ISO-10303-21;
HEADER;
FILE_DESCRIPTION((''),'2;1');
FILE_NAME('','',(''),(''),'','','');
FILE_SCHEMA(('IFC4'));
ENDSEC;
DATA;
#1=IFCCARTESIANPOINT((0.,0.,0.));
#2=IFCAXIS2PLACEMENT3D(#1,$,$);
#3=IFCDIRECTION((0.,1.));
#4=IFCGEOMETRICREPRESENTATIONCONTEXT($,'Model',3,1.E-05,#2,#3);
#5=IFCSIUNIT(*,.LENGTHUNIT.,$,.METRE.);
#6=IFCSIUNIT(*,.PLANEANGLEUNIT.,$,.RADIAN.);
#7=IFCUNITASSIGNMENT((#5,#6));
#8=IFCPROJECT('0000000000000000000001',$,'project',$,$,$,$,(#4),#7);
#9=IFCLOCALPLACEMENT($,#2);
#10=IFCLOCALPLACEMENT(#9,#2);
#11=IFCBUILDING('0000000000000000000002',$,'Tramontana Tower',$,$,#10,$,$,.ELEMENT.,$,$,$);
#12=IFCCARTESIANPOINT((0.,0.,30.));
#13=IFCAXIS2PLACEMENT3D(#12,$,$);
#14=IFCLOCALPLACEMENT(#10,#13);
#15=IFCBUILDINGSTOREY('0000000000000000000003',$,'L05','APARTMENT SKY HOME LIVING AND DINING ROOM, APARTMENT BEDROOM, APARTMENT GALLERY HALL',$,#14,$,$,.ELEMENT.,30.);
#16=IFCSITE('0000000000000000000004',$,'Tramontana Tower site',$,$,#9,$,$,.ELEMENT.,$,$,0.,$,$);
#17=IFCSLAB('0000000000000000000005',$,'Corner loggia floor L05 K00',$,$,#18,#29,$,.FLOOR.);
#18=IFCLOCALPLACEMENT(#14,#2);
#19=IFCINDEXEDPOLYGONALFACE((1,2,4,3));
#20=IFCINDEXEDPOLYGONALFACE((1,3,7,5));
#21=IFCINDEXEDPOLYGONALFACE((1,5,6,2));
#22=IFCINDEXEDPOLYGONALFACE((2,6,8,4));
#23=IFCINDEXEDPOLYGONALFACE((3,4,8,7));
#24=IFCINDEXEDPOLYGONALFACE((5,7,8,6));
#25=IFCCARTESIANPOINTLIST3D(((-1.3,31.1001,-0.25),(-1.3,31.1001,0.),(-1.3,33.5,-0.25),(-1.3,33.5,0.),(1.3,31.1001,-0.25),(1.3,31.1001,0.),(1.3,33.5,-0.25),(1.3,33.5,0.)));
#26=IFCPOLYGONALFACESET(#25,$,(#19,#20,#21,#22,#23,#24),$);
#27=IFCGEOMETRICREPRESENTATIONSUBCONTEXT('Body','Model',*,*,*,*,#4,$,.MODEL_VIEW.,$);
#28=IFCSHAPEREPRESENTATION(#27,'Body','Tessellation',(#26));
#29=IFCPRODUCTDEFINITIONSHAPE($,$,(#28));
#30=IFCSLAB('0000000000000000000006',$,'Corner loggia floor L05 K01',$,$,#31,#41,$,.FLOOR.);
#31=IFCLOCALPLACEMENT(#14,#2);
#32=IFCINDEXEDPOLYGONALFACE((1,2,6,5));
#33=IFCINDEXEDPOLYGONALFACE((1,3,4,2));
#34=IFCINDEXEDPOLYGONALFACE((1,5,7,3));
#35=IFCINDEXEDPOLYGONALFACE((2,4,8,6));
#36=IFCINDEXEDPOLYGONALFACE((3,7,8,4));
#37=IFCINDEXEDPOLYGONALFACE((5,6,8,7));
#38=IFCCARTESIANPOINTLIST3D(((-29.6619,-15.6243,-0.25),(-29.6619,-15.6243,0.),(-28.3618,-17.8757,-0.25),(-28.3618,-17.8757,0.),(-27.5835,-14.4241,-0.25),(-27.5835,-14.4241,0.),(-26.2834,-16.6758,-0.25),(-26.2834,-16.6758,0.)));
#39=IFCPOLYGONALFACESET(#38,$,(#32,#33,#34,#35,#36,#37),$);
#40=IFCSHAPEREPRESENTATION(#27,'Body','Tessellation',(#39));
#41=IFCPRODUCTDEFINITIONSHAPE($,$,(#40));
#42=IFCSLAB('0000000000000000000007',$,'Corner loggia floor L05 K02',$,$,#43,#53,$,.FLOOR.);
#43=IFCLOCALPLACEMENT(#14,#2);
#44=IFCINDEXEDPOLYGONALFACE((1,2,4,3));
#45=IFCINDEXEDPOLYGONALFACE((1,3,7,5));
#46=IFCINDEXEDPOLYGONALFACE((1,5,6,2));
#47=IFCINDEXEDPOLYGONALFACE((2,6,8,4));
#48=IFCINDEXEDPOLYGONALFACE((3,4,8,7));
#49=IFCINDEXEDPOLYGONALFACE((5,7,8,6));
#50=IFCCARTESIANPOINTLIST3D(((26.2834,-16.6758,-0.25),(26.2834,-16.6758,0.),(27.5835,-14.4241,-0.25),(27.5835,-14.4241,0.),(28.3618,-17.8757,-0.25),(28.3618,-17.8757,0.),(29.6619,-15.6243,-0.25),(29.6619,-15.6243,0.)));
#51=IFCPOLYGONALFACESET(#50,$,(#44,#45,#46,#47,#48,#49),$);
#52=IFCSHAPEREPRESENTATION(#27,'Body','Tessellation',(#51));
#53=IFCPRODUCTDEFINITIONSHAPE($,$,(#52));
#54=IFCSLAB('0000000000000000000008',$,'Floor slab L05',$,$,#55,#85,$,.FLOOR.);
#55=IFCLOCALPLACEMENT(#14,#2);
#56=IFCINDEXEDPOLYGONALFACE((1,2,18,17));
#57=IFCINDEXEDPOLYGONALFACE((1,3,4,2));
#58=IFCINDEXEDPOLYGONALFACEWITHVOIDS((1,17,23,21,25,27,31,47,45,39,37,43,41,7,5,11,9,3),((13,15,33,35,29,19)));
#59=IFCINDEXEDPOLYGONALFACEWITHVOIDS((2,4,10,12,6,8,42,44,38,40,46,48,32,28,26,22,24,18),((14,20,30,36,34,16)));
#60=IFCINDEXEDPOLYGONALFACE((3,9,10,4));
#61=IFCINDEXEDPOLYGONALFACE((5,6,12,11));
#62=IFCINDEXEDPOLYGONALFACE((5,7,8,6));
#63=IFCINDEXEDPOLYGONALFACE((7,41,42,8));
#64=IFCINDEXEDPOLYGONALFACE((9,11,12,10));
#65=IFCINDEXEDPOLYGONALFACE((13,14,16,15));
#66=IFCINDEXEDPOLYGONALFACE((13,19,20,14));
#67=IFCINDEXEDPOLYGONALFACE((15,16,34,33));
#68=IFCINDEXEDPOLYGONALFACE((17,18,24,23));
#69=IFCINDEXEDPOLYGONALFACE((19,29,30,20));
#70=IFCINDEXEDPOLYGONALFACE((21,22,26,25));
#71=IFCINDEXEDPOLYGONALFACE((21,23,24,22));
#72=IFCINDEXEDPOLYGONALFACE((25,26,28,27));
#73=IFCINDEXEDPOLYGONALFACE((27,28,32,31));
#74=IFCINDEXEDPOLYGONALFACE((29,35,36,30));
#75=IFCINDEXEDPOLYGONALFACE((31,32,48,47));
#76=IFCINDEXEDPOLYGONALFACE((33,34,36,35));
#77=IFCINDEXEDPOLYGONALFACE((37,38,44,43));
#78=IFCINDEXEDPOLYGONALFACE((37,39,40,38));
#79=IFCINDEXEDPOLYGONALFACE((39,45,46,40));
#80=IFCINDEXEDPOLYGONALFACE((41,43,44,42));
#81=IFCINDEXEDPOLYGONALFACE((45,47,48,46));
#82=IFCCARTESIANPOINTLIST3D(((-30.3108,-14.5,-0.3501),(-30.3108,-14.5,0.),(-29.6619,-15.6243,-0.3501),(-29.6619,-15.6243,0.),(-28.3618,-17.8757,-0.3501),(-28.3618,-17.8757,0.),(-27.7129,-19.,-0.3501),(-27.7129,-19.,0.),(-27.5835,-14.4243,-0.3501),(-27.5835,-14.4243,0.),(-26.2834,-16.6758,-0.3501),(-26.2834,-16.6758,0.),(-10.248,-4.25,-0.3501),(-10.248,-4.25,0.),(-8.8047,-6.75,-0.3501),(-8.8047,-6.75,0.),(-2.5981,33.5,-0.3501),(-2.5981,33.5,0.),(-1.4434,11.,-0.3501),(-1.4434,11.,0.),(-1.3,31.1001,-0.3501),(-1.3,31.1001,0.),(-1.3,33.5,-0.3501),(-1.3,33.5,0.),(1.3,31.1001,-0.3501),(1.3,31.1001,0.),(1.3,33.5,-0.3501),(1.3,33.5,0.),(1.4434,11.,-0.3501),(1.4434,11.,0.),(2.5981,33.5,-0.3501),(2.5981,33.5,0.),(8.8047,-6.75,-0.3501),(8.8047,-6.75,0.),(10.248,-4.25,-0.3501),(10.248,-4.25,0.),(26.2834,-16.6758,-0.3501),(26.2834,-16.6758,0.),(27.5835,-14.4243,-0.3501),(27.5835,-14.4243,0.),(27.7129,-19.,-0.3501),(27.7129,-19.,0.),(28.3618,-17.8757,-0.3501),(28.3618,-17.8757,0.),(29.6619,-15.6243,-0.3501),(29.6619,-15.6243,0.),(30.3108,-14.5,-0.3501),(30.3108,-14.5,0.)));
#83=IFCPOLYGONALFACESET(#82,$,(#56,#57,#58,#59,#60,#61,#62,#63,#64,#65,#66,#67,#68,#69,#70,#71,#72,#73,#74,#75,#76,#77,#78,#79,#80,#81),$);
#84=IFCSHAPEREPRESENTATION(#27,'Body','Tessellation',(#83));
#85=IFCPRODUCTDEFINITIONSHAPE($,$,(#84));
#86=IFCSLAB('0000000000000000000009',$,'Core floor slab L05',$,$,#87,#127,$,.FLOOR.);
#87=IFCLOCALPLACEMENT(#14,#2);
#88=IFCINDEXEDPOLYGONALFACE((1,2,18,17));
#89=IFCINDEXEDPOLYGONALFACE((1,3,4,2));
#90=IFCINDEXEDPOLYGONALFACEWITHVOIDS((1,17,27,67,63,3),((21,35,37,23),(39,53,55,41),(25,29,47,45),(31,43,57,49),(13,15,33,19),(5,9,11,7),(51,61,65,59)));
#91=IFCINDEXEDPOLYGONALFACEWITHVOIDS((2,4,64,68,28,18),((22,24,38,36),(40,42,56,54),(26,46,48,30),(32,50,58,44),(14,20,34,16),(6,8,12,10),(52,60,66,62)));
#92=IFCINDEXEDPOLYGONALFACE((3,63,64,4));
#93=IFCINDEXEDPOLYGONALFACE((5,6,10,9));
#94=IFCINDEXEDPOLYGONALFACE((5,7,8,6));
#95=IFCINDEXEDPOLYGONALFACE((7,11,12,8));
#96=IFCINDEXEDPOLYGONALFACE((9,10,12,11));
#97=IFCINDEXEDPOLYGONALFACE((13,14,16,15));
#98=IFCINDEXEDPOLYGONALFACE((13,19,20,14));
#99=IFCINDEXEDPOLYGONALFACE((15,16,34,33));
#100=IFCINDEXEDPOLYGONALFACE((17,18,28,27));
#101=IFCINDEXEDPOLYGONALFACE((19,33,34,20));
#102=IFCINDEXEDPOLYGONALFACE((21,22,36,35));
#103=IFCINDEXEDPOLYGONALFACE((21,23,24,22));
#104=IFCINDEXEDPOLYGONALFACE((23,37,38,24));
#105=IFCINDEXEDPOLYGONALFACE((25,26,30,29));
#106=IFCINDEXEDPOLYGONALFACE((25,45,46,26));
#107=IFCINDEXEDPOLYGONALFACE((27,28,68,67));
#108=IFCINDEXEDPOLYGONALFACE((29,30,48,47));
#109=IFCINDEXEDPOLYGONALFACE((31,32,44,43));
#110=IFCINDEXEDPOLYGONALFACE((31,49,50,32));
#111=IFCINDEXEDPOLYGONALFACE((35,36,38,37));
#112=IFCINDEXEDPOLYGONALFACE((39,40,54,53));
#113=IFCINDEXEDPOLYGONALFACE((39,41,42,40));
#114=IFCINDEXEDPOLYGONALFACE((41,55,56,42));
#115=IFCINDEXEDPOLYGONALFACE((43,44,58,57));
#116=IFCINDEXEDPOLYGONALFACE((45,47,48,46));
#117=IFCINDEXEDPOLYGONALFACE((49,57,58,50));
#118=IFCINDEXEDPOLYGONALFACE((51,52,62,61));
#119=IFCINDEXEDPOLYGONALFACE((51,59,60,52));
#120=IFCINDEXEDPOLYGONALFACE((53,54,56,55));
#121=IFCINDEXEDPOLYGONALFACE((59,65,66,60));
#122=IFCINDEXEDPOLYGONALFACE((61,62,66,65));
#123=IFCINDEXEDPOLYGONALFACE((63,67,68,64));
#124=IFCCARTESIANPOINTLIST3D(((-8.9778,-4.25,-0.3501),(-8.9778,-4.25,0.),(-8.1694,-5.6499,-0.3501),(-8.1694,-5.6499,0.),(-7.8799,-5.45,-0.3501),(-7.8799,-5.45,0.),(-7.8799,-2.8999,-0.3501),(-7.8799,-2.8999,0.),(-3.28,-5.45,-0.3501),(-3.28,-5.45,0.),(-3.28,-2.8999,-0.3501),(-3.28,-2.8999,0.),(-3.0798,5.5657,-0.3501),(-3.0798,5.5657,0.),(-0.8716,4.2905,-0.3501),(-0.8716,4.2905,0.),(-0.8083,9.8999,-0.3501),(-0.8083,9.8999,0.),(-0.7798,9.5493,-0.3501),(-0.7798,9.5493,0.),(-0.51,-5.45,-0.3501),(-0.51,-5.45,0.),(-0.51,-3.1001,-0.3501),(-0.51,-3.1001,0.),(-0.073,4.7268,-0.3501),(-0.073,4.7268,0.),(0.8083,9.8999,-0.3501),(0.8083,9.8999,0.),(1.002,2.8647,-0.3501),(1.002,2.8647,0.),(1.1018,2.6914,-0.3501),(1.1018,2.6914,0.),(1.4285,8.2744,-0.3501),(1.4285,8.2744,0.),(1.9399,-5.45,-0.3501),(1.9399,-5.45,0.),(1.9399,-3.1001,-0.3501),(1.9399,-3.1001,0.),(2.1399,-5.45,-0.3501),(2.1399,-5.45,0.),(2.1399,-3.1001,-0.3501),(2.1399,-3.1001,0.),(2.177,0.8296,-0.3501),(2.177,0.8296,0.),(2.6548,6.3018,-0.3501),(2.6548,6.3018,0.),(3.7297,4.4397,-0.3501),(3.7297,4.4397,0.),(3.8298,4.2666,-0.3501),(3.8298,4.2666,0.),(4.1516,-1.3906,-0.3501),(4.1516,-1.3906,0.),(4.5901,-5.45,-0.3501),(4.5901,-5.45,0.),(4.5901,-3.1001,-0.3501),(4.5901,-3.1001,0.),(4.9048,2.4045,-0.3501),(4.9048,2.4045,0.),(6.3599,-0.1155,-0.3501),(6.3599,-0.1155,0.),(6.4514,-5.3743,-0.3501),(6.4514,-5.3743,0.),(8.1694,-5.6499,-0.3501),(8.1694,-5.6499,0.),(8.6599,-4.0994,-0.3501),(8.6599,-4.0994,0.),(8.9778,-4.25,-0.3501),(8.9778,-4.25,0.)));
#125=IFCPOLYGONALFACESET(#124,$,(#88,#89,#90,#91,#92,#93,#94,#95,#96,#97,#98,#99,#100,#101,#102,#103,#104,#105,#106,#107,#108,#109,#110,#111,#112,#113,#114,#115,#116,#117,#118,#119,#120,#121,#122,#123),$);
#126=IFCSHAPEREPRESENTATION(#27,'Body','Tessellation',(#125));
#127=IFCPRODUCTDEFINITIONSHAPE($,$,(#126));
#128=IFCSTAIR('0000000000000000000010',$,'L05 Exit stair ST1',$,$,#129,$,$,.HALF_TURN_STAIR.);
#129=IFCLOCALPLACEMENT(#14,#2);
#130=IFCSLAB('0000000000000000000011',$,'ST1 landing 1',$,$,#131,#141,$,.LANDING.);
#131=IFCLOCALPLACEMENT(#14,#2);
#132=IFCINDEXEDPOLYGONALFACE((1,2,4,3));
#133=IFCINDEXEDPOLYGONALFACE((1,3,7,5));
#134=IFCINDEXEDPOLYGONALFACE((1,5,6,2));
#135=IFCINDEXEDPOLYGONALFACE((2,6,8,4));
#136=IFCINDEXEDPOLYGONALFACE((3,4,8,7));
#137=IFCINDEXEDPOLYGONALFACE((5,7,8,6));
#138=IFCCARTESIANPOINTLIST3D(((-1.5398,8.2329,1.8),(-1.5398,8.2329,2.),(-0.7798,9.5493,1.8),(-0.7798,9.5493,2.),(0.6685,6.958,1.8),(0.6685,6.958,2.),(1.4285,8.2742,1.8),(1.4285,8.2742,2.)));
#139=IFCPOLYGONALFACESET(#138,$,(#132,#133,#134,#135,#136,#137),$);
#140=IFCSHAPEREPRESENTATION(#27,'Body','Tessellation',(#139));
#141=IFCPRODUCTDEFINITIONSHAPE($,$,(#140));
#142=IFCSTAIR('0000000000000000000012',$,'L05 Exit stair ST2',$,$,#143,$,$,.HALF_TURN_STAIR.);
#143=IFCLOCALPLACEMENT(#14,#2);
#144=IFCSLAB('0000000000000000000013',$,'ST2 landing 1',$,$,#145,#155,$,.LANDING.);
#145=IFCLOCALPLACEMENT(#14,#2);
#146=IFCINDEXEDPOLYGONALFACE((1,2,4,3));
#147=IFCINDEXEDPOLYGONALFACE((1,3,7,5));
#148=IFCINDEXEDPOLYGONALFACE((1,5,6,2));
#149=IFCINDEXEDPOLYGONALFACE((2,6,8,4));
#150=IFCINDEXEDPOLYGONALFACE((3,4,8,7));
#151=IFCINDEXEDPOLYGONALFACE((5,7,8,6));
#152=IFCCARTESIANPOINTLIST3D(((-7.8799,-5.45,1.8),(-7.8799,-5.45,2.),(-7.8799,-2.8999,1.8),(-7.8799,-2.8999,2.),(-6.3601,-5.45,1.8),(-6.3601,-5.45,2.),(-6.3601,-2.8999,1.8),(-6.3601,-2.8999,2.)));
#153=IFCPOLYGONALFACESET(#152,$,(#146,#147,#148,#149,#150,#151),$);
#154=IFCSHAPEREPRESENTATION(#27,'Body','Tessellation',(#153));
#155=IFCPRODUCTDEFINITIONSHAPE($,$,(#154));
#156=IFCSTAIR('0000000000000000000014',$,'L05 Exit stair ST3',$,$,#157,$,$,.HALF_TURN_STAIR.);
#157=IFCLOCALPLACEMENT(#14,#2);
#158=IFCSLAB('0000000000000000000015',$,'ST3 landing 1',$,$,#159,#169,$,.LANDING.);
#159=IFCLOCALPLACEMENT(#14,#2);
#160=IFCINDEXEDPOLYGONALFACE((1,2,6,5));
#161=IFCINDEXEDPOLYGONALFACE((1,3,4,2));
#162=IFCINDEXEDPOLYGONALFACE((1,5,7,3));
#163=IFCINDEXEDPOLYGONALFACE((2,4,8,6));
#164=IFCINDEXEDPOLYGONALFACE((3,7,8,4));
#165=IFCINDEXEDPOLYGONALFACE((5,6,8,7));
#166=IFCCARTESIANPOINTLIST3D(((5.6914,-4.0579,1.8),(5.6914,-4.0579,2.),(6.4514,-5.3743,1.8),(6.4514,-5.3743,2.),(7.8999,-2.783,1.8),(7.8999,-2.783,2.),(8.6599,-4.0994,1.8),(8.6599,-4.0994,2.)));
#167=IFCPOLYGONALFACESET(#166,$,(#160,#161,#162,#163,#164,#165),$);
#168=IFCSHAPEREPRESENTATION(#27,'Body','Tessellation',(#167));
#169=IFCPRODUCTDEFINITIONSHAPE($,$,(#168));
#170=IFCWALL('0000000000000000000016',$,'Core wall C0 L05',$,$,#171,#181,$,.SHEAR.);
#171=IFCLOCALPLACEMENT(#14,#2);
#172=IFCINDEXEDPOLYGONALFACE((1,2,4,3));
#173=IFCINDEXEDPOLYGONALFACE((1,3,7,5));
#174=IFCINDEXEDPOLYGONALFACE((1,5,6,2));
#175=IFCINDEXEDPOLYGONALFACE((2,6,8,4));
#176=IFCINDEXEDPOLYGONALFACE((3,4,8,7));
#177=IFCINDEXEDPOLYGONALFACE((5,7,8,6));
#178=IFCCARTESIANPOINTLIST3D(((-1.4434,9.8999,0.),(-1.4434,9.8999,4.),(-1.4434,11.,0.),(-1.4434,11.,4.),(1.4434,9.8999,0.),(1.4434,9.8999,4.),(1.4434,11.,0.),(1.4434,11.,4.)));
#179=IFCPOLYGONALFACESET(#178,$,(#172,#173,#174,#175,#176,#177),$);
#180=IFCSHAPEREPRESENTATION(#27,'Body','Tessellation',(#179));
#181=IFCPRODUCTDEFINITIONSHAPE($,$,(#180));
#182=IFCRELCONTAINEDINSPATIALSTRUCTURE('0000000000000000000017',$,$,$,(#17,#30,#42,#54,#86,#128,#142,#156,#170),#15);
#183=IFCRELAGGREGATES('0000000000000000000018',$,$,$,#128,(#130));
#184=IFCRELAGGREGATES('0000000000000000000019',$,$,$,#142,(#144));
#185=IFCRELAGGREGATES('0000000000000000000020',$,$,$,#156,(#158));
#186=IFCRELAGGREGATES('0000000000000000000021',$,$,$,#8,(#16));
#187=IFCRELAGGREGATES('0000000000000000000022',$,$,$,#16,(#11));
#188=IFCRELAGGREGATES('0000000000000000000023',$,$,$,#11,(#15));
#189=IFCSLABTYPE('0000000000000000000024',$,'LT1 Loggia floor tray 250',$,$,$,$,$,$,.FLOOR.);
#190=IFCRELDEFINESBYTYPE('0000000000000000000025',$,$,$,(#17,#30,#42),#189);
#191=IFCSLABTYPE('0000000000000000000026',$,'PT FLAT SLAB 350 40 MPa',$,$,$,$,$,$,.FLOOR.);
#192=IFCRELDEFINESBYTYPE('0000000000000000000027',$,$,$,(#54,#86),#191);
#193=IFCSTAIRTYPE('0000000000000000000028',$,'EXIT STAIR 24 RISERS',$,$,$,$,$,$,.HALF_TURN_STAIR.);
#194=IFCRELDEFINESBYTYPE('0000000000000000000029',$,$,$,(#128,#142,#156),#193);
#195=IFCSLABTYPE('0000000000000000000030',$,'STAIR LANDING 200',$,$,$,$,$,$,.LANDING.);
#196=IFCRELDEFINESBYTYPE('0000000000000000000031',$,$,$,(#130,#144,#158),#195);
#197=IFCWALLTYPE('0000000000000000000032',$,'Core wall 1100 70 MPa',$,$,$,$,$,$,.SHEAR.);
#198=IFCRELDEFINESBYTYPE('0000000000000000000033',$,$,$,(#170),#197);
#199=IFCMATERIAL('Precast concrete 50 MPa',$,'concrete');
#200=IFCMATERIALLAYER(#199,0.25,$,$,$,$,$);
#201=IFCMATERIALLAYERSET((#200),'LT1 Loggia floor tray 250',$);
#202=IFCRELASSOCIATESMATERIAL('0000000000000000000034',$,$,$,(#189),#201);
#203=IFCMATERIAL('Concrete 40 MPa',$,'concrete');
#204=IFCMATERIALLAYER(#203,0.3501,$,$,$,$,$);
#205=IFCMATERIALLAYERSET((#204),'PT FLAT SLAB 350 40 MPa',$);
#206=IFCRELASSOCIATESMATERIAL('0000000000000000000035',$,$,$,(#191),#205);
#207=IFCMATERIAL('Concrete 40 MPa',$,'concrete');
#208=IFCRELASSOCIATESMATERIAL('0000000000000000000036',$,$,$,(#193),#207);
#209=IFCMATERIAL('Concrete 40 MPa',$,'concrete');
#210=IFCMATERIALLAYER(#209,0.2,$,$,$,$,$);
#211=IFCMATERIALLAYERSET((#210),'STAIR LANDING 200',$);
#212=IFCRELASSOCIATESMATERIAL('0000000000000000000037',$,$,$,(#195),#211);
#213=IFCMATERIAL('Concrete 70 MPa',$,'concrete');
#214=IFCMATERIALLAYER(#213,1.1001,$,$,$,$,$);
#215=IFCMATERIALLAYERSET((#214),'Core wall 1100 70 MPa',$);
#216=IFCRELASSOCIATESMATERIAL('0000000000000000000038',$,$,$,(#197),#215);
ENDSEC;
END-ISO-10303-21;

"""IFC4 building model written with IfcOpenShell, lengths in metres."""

from ifc_helpers import new_model, si_unit, direction, frame, frame_2d, origin, place, context, subcontext, project, spatial, polyline, rectangle, outline, extrude, material, layer, layer_set, type_object, element, aggregate, save


model = new_model("IFC4")

# Units and contexts
model_context = context("Model", 3, precision=1e-05, world=origin(), true_north=direction((0.0, 1.0)))
body_context = subcontext(model_context, "Body", "Model", "MODEL_VIEW")
ifc_project = project(units=[si_unit("LENGTHUNIT", "METRE"), si_unit("PLANEANGLEUNIT", "RADIAN")], contexts=[model_context])

# Site, building, storey
site_placement = place(None, origin())
site = spatial("IfcSite", under=ifc_project, at=site_placement, Name="Tramontana Tower site", CompositionType="ELEMENT", RefElevation=0.0)
building_placement = place(site_placement, origin())
building = spatial("IfcBuilding", under=site, at=building_placement, Name="Tramontana Tower", CompositionType="ELEMENT")
storey_placement = place(building_placement, frame((0.0, 0.0, 30.0)))
storey = spatial("IfcBuildingStorey", under=building, at=storey_placement, Name="L05", Description="APARTMENT SKY HOME LIVING AND DINING ROOM, APARTMENT BEDROOM, APARTMENT GALLERY HALL", CompositionType="ELEMENT", Elevation=30.0)

# Slabs
ifc_material_1 = material(Name="Precast concrete 50 MPa", Category="concrete")
ifc_layer_1 = layer(ifc_material_1, 0.25)
ifc_layer_set_1 = layer_set([ifc_layer_1], Name="LT1 Loggia floor tray 250")
slab_type_1 = type_object("IfcSlabType", Name="LT1 Loggia floor tray 250", PredefinedType="FLOOR", material=ifc_layer_set_1)
slab_1_placement = place(storey_placement, frame((0.0, 0.0, -0.25)))
element("IfcSlab", 1, at=slab_1_placement, inside=storey, type_object=slab_type_1, Name="Corner loggia floor L05 K00", PredefinedType="FLOOR", context=body_context, shape_type="SweptSolid", body=[
    extrude(outline(polyline([(1.3, 33.5), (1.3, 31.1001), (-1.3, 31.1001), (-1.3, 33.5), (1.3, 33.5)])), origin(), (0.0, 0.0, 1.0), 0.25),
])
slab_2_placement = place(storey_placement, frame((0.0, 0.0, -0.25)))
element("IfcSlab", 2, at=slab_2_placement, inside=storey, type_object=slab_type_1, Name="Corner loggia floor L05 K01", PredefinedType="FLOOR", context=body_context, shape_type="SweptSolid", body=[
    extrude(outline(polyline([(-29.6619, -15.6243), (-27.5835, -14.4241), (-26.2834, -16.6758), (-28.3618, -17.8757), (-29.6619, -15.6243)])), origin(), (0.0, 0.0, 1.0), 0.25),
])
slab_3_placement = place(storey_placement, frame((0.0, 0.0, -0.25)))
element("IfcSlab", 3, at=slab_3_placement, inside=storey, type_object=slab_type_1, Name="Corner loggia floor L05 K02", PredefinedType="FLOOR", context=body_context, shape_type="SweptSolid", body=[
    extrude(outline(polyline([(28.3618, -17.8757), (26.2834, -16.6758), (27.5835, -14.4241), (29.6619, -15.6243), (28.3618, -17.8757)])), origin(), (0.0, 0.0, 1.0), 0.25),
])
ifc_material_2 = material(Name="Concrete 40 MPa", Category="concrete")
ifc_layer_2 = layer(ifc_material_2, 0.3501)
ifc_layer_set_2 = layer_set([ifc_layer_2], Name="PT FLAT SLAB 350 40 MPa")
slab_type_2 = type_object("IfcSlabType", Name="PT FLAT SLAB 350 40 MPa", PredefinedType="FLOOR", material=ifc_layer_set_2)
slab_4_placement = place(storey_placement, frame((0.0, 0.0, -0.3501)))
element("IfcSlab", 4, at=slab_4_placement, inside=storey, type_object=slab_type_2, Name="Floor slab L05", PredefinedType="FLOOR", context=body_context, shape_type="SweptSolid", body=[
    extrude(outline(polyline([(29.6619, -15.6243), (27.5835, -14.4243), (26.2834, -16.6758), (28.3618, -17.8757), (27.7129, -19.0), (-27.7129, -19.0), (-28.3618, -17.8757), (-26.2834, -16.6758), (-27.5835, -14.4243), (-29.6619, -15.6243), (-30.3108, -14.5), (-2.5981, 33.5), (-1.3, 33.5), (-1.3, 31.1001), (1.3, 31.1001), (1.3, 33.5), (2.5981, 33.5), (30.3108, -14.5), (29.6619, -15.6243)]), holes=[polyline([(-10.248, -4.25), (-8.8047, -6.75), (8.8047, -6.75), (10.248, -4.25), (1.4434, 11.0), (-1.4434, 11.0), (-10.248, -4.25)])]), origin(), (0.0, 0.0, 1.0), 0.3501),
])
slab_5_placement = place(storey_placement, frame((0.0, 0.0, -0.3501)))
element("IfcSlab", 5, at=slab_5_placement, inside=storey, type_object=slab_type_2, Name="Core floor slab L05", PredefinedType="FLOOR", context=body_context, shape_type="SweptSolid", body=[
    extrude(outline(polyline([(8.9778, -4.25), (8.1694, -5.6499), (-8.1694, -5.6499), (-8.9778, -4.25), (-0.8083, 9.8999), (0.8083, 9.8999), (8.9778, -4.25)]), holes=[polyline([(8.6599, -4.0994), (6.3599, -0.1155), (4.1516, -1.3906), (6.4514, -5.3743), (8.6599, -4.0994)]), polyline([(3.8298, 4.2666), (1.1018, 2.6914), (2.177, 0.8296), (4.9048, 2.4045), (3.8298, 4.2666)]), polyline([(4.5901, -3.1001), (2.1399, -3.1001), (2.1399, -5.45), (4.5901, -5.45), (4.5901, -3.1001)]), polyline([(2.6548, 6.3018), (-0.073, 4.7268), (1.002, 2.8647), (3.7297, 4.4397), (2.6548, 6.3018)]), polyline([(1.9399, -5.45), (1.9399, -3.1001), (-0.51, -3.1001), (-0.51, -5.45), (1.9399, -5.45)]), polyline([(-0.7798, 9.5493), (-3.0798, 5.5657), (-0.8716, 4.2905), (1.4285, 8.2744), (-0.7798, 9.5493)]), polyline([(-7.8799, -5.45), (-3.28, -5.45), (-3.28, -2.8999), (-7.8799, -2.8999), (-7.8799, -5.45)])]), origin(), (0.0, 0.0, 1.0), 0.3501),
])

# Stairs, slabs
ifc_material_3 = material(Name="Concrete 40 MPa", Category="concrete")
stair_type = type_object("IfcStairType", Name="EXIT STAIR 24 RISERS", PredefinedType="HALF_TURN_STAIR", material=ifc_material_3)
stair_1_placement = place(storey_placement, origin())
stair_1 = element("IfcStair", 6, at=stair_1_placement, inside=storey, type_object=stair_type, Name="L05 Exit stair ST1", PredefinedType="HALF_TURN_STAIR")
ifc_material_4 = material(Name="Concrete 40 MPa", Category="concrete")
ifc_layer_3 = layer(ifc_material_4, 0.2)
ifc_layer_set_3 = layer_set([ifc_layer_3], Name="STAIR LANDING 200")
slab_type_3 = type_object("IfcSlabType", Name="STAIR LANDING 200", PredefinedType="LANDING", material=ifc_layer_set_3)
slab_6_placement = place(storey_placement, frame((0.0, 0.0, 1.8)))
slab_6 = element("IfcSlab", 7, at=slab_6_placement, type_object=slab_type_3, Name="ST1 landing 1", PredefinedType="LANDING", context=body_context, shape_type="SweptSolid", body=[
    extrude(outline(polyline([(0.6685, 6.958), (1.4285, 8.2742), (-0.7798, 9.5493), (-1.5398, 8.2329), (0.6685, 6.958)])), origin(), (0.0, 0.0, 1.0), 0.2),
])
aggregate(stair_1, [slab_6])
stair_2_placement = place(storey_placement, origin())
stair_2 = element("IfcStair", 8, at=stair_2_placement, inside=storey, type_object=stair_type, Name="L05 Exit stair ST2", PredefinedType="HALF_TURN_STAIR")
slab_7_placement = place(storey_placement, frame((0.0, 0.0, 1.8)))
slab_7 = element("IfcSlab", 9, at=slab_7_placement, type_object=slab_type_3, Name="ST2 landing 1", PredefinedType="LANDING", context=body_context, shape_type="SweptSolid", body=[
    extrude(outline(polyline([(-6.3601, -2.8999), (-7.8799, -2.8999), (-7.8799, -5.45), (-6.3601, -5.45), (-6.3601, -2.8999)])), origin(), (0.0, 0.0, 1.0), 0.2),
])
aggregate(stair_2, [slab_7])
stair_3_placement = place(storey_placement, origin())
stair_3 = element("IfcStair", 10, at=stair_3_placement, inside=storey, type_object=stair_type, Name="L05 Exit stair ST3", PredefinedType="HALF_TURN_STAIR")
slab_8_placement = place(storey_placement, frame((0.0, 0.0, 1.8)))
slab_8 = element("IfcSlab", 11, at=slab_8_placement, type_object=slab_type_3, Name="ST3 landing 1", PredefinedType="LANDING", context=body_context, shape_type="SweptSolid", body=[
    extrude(outline(polyline([(5.6914, -4.0579), (6.4514, -5.3743), (8.6599, -4.0994), (7.8999, -2.783), (5.6914, -4.0579)])), origin(), (0.0, 0.0, 1.0), 0.2),
])
aggregate(stair_3, [slab_8])

# Wall
ifc_material_5 = material(Name="Concrete 70 MPa", Category="concrete")
ifc_layer_4 = layer(ifc_material_5, 1.1001)
ifc_layer_set_4 = layer_set([ifc_layer_4], Name="Core wall 1100 70 MPa")
wall_type_1 = type_object("IfcWallType", Name="Core wall 1100 70 MPa", PredefinedType="SHEAR", material=ifc_layer_set_4)
wall_1_placement = place(storey_placement, frame((1.4434, 10.45, 0.0), z_axis=(0.0, 0.0, 1.0), x_axis=(-1.0, 0.0, 0.0)))
element("IfcWall", 12, at=wall_1_placement, inside=storey, type_object=wall_type_1, Name="Core wall C0 L05", PredefinedType="SHEAR", context=body_context, shape_type="SweptSolid", body=[
    extrude(rectangle(XDim=2.8867, YDim=1.1001, at=frame_2d((1.4434, 0.0))), origin(), (0.0, 0.0, 1.0), 4.0),
])

save(model, "model.ifc")
